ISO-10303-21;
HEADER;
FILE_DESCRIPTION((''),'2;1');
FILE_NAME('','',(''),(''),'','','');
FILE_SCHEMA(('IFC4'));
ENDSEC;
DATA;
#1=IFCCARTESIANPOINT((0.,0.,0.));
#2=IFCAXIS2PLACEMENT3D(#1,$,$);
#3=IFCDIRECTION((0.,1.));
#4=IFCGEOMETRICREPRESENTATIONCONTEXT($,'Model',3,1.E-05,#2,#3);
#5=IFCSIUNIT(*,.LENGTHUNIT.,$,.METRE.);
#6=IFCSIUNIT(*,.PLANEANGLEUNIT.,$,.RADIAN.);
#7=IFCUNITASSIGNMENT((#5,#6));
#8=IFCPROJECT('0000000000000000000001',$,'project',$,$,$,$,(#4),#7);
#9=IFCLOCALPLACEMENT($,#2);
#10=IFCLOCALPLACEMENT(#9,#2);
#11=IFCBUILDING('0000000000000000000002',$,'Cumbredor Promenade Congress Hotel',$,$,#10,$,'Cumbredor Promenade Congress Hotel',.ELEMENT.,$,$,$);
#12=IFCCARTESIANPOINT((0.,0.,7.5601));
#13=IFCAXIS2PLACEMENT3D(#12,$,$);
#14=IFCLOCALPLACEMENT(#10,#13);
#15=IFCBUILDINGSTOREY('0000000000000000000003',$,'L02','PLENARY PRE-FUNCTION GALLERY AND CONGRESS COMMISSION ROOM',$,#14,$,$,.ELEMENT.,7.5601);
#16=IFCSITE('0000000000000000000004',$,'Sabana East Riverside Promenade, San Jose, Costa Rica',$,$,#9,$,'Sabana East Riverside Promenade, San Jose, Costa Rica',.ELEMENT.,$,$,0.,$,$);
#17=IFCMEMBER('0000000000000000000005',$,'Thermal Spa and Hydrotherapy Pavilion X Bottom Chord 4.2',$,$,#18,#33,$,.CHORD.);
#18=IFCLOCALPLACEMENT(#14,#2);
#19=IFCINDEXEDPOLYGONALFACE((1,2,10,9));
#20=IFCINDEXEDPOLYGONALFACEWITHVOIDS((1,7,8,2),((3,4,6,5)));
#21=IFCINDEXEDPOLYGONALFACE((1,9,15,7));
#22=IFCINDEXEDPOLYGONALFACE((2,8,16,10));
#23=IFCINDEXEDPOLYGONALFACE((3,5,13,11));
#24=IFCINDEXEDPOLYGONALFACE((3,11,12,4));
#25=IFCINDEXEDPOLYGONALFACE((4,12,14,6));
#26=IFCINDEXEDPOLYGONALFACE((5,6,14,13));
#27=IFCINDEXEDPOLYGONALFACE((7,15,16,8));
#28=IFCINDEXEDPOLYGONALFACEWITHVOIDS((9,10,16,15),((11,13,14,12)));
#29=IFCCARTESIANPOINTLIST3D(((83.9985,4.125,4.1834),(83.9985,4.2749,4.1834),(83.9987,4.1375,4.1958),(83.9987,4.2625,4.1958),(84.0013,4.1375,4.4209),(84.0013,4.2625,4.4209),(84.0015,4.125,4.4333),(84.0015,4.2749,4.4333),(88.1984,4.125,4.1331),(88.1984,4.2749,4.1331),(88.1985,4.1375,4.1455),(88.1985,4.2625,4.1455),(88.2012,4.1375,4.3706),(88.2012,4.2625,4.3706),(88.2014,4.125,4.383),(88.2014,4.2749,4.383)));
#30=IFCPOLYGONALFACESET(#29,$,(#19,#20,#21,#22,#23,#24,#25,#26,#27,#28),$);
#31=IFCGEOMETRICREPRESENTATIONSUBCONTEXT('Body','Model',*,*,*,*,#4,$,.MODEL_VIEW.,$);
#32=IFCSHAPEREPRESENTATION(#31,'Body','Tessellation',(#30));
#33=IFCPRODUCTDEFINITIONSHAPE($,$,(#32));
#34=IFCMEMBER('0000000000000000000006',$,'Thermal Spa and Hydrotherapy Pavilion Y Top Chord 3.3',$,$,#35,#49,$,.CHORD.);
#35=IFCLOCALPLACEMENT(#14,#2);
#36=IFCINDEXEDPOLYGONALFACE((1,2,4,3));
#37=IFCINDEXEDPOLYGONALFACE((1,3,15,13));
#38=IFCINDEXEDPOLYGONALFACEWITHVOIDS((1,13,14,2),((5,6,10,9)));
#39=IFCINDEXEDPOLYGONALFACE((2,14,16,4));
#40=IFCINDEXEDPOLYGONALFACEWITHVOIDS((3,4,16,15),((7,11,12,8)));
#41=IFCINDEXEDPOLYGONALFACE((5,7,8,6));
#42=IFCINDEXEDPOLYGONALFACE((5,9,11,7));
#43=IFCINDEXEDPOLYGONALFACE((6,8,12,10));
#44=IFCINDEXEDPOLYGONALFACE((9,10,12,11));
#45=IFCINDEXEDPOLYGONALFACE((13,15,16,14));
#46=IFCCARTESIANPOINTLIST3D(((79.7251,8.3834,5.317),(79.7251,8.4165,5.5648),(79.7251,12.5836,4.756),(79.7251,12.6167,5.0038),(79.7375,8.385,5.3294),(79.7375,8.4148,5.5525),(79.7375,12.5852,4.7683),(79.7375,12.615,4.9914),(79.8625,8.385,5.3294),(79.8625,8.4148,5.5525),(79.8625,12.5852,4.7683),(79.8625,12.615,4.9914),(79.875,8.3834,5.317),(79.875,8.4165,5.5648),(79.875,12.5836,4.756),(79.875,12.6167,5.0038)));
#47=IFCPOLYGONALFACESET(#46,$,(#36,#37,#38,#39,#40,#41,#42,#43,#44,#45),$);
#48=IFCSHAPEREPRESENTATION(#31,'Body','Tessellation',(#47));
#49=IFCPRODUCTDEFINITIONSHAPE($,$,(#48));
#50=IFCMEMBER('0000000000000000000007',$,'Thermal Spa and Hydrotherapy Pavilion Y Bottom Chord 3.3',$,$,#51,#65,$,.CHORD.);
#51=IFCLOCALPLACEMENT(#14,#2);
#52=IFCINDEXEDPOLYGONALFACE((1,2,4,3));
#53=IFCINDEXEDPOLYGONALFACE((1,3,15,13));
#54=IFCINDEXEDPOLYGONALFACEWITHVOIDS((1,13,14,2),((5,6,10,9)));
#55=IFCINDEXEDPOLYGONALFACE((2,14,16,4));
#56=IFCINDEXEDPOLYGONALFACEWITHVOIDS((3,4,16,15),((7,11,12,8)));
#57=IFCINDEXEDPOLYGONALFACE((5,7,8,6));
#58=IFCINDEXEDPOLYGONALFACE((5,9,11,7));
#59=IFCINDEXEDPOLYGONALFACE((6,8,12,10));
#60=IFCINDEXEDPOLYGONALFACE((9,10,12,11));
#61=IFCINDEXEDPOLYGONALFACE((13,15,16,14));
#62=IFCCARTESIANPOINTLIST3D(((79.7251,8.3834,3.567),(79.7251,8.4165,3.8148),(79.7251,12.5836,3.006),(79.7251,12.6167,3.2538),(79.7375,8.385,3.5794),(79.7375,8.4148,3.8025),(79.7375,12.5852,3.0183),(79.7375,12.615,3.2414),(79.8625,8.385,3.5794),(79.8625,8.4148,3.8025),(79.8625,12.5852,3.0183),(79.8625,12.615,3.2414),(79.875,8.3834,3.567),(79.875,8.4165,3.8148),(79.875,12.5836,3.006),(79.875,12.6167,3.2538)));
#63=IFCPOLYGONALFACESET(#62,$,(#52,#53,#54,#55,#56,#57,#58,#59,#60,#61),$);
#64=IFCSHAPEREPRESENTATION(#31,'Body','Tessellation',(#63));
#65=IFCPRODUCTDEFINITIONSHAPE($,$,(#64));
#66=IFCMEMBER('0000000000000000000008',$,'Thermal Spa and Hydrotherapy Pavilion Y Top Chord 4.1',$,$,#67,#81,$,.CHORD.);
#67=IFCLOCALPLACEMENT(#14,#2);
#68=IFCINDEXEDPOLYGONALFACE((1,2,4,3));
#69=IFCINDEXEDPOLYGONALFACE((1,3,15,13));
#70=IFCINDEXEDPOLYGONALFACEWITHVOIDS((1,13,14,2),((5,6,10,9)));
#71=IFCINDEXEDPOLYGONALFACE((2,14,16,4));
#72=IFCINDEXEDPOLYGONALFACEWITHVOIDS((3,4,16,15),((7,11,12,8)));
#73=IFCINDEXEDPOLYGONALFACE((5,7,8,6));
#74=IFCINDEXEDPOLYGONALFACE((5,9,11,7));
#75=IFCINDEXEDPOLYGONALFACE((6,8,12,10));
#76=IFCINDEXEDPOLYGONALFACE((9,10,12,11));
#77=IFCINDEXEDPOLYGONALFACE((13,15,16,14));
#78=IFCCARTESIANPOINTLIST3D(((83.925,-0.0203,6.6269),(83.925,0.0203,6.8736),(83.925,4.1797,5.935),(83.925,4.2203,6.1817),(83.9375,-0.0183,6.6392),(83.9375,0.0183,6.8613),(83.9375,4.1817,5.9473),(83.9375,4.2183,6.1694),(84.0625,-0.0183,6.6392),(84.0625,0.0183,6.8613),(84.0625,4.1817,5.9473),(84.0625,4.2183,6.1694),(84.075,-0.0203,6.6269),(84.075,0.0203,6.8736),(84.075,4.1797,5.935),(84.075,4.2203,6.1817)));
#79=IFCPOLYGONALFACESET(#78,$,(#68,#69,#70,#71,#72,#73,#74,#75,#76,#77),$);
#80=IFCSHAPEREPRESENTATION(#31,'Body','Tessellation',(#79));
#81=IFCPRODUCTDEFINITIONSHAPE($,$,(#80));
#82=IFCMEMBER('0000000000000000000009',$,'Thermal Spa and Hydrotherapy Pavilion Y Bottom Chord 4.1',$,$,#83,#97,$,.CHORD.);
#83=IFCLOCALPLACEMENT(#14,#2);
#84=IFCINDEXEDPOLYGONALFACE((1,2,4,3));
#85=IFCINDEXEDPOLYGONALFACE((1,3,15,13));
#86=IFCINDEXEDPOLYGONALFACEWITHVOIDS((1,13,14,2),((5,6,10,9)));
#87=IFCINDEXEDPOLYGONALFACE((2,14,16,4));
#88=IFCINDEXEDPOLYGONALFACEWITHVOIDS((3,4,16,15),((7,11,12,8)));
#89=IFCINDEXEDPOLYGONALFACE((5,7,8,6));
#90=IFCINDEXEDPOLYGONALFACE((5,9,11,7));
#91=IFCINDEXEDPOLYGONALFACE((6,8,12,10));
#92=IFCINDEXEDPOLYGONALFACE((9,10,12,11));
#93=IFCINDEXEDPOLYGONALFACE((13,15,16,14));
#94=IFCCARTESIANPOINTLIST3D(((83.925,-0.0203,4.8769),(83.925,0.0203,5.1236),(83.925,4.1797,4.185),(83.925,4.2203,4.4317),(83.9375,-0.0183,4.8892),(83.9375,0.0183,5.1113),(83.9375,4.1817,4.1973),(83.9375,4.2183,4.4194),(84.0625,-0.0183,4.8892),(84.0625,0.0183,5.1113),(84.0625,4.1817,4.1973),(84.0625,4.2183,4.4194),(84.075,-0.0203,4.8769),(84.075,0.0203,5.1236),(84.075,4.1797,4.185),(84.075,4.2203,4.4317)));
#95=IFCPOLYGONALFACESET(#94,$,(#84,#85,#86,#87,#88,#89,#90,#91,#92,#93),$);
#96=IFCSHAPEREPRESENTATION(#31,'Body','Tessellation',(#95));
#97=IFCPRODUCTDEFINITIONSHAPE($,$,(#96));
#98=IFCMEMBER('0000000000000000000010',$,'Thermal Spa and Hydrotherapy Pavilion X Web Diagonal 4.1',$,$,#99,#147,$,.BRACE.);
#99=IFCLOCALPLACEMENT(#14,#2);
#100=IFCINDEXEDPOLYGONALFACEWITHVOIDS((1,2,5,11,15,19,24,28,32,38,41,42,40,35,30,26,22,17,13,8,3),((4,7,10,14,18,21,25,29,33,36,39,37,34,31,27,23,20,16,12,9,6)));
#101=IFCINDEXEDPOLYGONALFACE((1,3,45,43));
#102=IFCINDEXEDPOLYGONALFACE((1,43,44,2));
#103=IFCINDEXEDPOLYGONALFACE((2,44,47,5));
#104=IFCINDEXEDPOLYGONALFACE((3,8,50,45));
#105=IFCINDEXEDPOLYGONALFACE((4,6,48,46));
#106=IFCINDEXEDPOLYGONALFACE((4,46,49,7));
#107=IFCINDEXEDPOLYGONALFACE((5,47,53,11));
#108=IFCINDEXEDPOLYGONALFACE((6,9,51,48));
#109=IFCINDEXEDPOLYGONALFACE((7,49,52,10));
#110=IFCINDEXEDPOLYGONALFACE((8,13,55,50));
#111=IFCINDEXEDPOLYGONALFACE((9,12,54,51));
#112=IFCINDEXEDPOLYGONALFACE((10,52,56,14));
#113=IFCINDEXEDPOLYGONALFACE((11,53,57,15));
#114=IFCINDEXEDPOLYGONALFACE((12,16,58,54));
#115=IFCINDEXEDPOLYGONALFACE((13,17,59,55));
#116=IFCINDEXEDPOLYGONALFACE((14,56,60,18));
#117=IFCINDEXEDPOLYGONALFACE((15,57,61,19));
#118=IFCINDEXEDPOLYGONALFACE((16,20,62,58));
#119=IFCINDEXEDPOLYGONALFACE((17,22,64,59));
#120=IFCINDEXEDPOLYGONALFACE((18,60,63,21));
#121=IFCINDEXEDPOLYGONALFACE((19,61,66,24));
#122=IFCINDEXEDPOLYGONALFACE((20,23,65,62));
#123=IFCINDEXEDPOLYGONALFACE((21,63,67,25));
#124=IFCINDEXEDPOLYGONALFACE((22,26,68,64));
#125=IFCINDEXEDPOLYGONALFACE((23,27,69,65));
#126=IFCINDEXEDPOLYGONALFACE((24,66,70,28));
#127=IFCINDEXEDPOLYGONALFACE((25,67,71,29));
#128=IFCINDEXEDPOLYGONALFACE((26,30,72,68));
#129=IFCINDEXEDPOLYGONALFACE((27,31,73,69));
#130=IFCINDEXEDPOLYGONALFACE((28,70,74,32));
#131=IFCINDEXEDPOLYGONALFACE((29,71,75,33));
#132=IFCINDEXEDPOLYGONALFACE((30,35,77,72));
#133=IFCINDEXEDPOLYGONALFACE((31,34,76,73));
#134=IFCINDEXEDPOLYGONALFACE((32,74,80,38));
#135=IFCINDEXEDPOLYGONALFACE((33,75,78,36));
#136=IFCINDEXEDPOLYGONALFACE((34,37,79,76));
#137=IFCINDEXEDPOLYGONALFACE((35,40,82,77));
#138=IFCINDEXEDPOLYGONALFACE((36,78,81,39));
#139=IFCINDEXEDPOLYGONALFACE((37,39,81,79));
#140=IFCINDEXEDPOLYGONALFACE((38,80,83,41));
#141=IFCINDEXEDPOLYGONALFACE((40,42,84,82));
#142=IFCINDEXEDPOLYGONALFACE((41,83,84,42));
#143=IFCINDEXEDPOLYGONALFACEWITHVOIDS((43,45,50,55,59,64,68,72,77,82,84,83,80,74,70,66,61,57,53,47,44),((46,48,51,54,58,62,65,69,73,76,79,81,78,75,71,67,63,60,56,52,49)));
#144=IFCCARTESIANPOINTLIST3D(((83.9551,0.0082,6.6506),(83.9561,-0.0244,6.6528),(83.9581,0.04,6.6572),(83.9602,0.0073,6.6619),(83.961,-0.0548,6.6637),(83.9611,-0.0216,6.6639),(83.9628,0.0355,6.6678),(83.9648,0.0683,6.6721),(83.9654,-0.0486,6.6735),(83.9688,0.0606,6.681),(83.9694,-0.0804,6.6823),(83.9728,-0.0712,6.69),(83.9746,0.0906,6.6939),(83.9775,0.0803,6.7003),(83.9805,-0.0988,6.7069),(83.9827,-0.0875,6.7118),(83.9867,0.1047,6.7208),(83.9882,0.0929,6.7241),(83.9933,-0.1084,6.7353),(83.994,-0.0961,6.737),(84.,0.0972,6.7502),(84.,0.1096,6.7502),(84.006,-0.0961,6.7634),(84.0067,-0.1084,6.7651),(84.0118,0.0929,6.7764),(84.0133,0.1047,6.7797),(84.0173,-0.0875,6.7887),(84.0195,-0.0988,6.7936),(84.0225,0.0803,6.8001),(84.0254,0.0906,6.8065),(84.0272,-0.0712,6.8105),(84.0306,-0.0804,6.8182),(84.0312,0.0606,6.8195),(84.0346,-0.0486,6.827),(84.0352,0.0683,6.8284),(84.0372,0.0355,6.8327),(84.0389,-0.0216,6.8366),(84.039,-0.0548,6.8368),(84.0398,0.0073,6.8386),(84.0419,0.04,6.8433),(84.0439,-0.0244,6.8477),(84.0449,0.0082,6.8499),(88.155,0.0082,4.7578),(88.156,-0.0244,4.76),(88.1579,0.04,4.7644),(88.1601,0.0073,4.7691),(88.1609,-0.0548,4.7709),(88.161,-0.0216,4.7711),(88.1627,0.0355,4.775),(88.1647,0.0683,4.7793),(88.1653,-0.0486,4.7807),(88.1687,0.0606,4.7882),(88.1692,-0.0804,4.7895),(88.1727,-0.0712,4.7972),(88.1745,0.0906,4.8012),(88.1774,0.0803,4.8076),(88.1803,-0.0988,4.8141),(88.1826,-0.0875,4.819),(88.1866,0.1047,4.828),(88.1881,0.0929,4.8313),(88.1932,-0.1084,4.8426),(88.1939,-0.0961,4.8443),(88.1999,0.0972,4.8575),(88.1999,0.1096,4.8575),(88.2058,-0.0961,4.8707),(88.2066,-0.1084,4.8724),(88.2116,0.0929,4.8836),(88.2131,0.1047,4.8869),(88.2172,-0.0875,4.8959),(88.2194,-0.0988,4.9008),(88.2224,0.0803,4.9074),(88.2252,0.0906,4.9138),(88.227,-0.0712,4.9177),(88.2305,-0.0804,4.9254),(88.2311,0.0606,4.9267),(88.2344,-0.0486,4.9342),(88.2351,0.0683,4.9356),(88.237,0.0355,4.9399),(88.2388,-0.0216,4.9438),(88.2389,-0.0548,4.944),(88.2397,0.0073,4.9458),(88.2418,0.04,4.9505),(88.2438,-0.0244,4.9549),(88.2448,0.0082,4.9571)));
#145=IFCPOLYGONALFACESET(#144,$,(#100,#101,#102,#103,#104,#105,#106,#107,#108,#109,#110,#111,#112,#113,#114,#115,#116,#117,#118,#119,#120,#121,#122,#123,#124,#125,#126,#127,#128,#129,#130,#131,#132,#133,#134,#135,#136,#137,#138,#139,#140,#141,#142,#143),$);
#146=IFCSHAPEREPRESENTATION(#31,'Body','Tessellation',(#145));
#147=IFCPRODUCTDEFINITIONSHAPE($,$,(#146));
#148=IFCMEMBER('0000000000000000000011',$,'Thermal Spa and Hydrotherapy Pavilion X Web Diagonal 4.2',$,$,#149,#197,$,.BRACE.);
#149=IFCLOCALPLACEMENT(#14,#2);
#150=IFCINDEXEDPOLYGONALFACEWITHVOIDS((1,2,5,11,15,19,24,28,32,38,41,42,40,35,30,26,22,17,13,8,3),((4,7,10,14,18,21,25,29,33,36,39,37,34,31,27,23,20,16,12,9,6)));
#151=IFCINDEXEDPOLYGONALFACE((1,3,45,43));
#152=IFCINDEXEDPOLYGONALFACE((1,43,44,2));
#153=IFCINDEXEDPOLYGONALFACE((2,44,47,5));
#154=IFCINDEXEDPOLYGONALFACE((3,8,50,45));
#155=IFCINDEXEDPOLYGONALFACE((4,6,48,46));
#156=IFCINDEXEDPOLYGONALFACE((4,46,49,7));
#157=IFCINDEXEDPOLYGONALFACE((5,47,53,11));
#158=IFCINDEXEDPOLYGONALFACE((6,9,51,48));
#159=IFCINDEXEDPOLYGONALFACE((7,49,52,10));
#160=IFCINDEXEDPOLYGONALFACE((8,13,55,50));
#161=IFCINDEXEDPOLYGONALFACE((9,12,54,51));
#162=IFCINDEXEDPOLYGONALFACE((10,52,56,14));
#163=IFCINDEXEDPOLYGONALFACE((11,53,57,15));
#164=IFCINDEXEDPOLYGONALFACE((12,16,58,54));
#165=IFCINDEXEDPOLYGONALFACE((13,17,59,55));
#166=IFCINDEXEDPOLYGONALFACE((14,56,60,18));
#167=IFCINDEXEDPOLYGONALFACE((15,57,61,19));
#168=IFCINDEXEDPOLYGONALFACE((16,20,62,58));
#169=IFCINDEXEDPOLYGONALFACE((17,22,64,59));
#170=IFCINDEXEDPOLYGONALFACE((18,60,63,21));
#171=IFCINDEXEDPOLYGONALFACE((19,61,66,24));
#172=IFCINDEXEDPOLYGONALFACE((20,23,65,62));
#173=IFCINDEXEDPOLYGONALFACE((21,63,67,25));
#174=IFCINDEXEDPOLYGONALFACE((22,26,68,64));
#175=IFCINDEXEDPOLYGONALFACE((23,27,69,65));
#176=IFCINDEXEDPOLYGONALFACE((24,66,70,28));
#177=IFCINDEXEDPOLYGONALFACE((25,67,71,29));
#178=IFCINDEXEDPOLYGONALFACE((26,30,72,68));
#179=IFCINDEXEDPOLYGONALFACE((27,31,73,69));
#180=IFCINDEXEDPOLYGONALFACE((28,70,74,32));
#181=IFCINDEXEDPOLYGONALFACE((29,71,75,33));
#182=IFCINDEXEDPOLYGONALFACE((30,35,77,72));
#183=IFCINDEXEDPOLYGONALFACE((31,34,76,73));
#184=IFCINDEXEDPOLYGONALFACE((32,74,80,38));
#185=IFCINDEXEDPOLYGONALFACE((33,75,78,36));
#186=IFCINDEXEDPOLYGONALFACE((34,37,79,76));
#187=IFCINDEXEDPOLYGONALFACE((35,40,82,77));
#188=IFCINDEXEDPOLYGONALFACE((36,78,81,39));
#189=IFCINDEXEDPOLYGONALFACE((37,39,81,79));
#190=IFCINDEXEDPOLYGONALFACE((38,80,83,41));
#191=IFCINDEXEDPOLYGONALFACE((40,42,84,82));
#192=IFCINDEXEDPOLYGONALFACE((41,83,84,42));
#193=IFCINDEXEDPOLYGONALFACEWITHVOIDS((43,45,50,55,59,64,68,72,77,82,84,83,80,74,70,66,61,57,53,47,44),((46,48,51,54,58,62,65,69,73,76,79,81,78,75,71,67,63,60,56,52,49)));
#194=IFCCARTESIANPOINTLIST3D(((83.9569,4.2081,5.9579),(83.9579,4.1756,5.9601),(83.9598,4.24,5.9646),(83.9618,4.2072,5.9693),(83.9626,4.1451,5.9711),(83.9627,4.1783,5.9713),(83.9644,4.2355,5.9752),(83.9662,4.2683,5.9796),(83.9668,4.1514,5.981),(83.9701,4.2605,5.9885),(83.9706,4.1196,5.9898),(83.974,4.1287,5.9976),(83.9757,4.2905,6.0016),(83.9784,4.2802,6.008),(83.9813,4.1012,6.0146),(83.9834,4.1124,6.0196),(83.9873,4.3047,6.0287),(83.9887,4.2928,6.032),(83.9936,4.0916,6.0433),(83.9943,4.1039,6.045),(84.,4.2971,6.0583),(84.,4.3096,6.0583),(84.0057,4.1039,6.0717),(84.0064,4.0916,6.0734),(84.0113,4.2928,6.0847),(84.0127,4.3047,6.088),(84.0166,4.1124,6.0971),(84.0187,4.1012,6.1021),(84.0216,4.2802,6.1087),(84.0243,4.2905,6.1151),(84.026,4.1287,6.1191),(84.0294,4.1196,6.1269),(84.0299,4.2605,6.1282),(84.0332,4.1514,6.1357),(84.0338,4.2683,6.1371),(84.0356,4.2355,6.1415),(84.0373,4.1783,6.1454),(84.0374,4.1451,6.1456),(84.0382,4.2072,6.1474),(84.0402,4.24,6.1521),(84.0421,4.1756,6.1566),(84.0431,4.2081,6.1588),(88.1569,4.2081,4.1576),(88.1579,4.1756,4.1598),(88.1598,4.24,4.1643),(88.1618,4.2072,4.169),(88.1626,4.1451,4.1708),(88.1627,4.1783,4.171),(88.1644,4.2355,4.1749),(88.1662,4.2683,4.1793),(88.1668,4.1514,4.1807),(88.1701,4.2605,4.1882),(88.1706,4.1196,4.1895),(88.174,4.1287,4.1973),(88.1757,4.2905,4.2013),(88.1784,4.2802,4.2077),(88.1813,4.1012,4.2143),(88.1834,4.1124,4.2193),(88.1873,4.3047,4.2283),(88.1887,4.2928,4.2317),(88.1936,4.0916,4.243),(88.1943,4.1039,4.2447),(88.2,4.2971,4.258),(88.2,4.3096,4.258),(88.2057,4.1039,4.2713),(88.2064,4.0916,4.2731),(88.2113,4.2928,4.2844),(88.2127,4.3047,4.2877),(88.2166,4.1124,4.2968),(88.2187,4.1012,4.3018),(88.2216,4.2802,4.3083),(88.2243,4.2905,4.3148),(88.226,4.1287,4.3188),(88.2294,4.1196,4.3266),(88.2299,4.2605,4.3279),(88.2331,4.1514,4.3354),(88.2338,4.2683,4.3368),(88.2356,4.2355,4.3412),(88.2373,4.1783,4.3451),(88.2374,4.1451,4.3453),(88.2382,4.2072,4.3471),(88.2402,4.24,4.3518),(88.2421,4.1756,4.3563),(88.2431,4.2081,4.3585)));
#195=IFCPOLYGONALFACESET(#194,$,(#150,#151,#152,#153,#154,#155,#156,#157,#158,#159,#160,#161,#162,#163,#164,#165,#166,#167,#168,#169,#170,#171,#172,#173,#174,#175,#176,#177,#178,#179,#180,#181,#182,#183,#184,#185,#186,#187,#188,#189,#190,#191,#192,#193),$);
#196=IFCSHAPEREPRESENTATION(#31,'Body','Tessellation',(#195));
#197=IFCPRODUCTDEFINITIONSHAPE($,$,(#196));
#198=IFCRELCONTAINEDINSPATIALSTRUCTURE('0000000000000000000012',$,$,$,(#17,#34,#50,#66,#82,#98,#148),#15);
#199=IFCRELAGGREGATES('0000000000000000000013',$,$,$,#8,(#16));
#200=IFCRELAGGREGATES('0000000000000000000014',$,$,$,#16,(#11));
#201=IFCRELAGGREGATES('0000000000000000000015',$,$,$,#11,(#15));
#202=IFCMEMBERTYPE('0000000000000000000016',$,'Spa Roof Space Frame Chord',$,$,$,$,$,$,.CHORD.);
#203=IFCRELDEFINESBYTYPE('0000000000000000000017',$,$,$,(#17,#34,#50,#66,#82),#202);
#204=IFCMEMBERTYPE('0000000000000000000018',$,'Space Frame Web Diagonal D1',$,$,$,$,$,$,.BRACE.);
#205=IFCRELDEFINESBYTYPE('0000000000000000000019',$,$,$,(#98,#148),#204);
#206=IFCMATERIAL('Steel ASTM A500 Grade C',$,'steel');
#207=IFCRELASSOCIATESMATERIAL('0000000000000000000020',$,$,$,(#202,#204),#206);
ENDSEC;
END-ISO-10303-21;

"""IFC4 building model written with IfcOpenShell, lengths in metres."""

from ifc_helpers import new_model, si_unit, direction, frame, origin, origin_2d, place, context, subcontext, project, spatial, hollow_rectangle, hollow_circle, extrude, material, material_profile, profile_set, type_object, element, save


model = new_model("IFC4")

# Units and contexts
model_context = context("Model", 3, precision=1e-05, world=origin(), true_north=direction((0.0, 1.0)))
body_context = subcontext(model_context, "Body", "Model", "MODEL_VIEW")
ifc_project = project(units=[si_unit("LENGTHUNIT", "METRE"), si_unit("PLANEANGLEUNIT", "RADIAN")], contexts=[model_context])

# Site, building, storey
site_placement = place(None, origin())
site = spatial("IfcSite", under=ifc_project, at=site_placement, Name="Sabana East Riverside Promenade, San Jose, Costa Rica", LongName="Sabana East Riverside Promenade, San Jose, Costa Rica", CompositionType="ELEMENT", RefElevation=0.0)
building_placement = place(site_placement, origin())
building = spatial("IfcBuilding", under=site, at=building_placement, Name="Cumbredor Promenade Congress Hotel", LongName="Cumbredor Promenade Congress Hotel", CompositionType="ELEMENT")
storey_placement = place(building_placement, frame((0.0, 0.0, 7.5601)))
storey = spatial("IfcBuildingStorey", under=building, at=storey_placement, Name="L02", Description="PLENARY PRE-FUNCTION GALLERY AND CONGRESS COMMISSION ROOM", CompositionType="ELEMENT", Elevation=7.5601)

# Members
ifc_material_1 = material(Name="Steel ASTM A500 Grade C", Category="steel")
ifc_material_profile_1 = material_profile(ifc_material_1, hollow_rectangle(XDim=0.1499, YDim=0.25, WallThickness=0.0125, at=origin_2d()), Name="HSS 250x150x12.5")
ifc_profile_set_1 = profile_set([ifc_material_profile_1], Name="Steel ASTM A500 Grade C")
member_type_1 = type_object("IfcMemberType", Name="Spa Roof Space Frame Chord", PredefinedType="CHORD", material=ifc_profile_set_1)
for number, where, z_axis, x_axis, name in (
    (1, (84.0, 4.2, 4.3083), (0.999928, 0.0, -0.011974), (0.0, 1.0, 0.0), "Thermal Spa and Hydrotherapy Pavilion X Bottom Chord 4.2"),
):
    element("IfcMember", number, at=place(storey_placement, frame(where, z_axis=z_axis, x_axis=x_axis)), inside=storey, type_object=member_type_1, Name=name, PredefinedType="CHORD", context=body_context, shape_type="SweptSolid", body=[
        extrude(hollow_rectangle(XDim=0.1499, YDim=0.25, WallThickness=0.0125, at=origin_2d()), origin(), (0.0, 0.0, 1.0), 4.2002),
    ])
for number, where, z_axis, x_axis, name in (
    (2, (79.8, 8.3999, 5.4409), (0.0, 0.991197, -0.132398), (-1.0, 0.0, 0.0), "Thermal Spa and Hydrotherapy Pavilion Y Top Chord 3.3"),
    (3, (79.8, 8.3999, 3.6909), (0.0, 0.991197, -0.132398), (-1.0, 0.0, 0.0), "Thermal Spa and Hydrotherapy Pavilion Y Bottom Chord 3.3"),
):
    element("IfcMember", number, at=place(storey_placement, frame(where, z_axis=z_axis, x_axis=x_axis)), inside=storey, type_object=member_type_1, Name=name, PredefinedType="CHORD", context=body_context, shape_type="SweptSolid", body=[
        extrude(hollow_rectangle(XDim=0.1499, YDim=0.25, WallThickness=0.0125, at=origin_2d()), origin(), (0.0, 0.0, 1.0), 4.2375),
    ])
for number, where, z_axis, x_axis, name in (
    (4, (84.0, 0.0, 6.7502), (0.0, 0.986701, -0.162548), (-1.0, 0.0, 0.0), "Thermal Spa and Hydrotherapy Pavilion Y Top Chord 4.1"),
    (5, (84.0, 0.0, 5.0002), (0.0, 0.986701, -0.162548), (-1.0, 0.0, 0.0), "Thermal Spa and Hydrotherapy Pavilion Y Bottom Chord 4.1"),
):
    element("IfcMember", number, at=place(storey_placement, frame(where, z_axis=z_axis, x_axis=x_axis)), inside=storey, type_object=member_type_1, Name=name, PredefinedType="CHORD", context=body_context, shape_type="SweptSolid", body=[
        extrude(hollow_rectangle(XDim=0.1499, YDim=0.25, WallThickness=0.0125, at=origin_2d()), origin(), (0.0, 0.0, 1.0), 4.2566),
    ])
ifc_material_profile_2 = material_profile(ifc_material_1, hollow_circle(Radius=0.1096, WallThickness=0.0125, at=origin_2d()), Name="CHS 219.1x12.5")
ifc_profile_set_2 = profile_set([ifc_material_profile_2], Name="Steel ASTM A500 Grade C")
member_type_2 = type_object("IfcMemberType", Name="Space Frame Web Diagonal D1", PredefinedType="BRACE", material=ifc_profile_set_2)
member_1_placement = place(storey_placement, frame((84.0, 0.0, 6.7502), z_axis=(0.91169, 0.0, -0.410878), x_axis=(0.0, 1.0, 0.0)))
element("IfcMember", 6, at=member_1_placement, inside=storey, type_object=member_type_2, Name="Thermal Spa and Hydrotherapy Pavilion X Web Diagonal 4.1", PredefinedType="BRACE", context=body_context, shape_type="SweptSolid", body=[
    extrude(hollow_circle(Radius=0.1096, WallThickness=0.0125, at=origin_2d()), origin(), (0.0, 0.0, 1.0), 4.6067),
])
member_2_placement = place(storey_placement, frame((84.0, 4.2, 6.0583), z_axis=(0.91912, 0.0, -0.393977), x_axis=(0.0, 1.0, 0.0)))
element("IfcMember", 7, at=member_2_placement, inside=storey, type_object=member_type_2, Name="Thermal Spa and Hydrotherapy Pavilion X Web Diagonal 4.2", PredefinedType="BRACE", context=body_context, shape_type="SweptSolid", body=[
    extrude(hollow_circle(Radius=0.1096, WallThickness=0.0125, at=origin_2d()), origin(), (0.0, 0.0, 1.0), 4.5696),
])

save(model, "model.ifc")
